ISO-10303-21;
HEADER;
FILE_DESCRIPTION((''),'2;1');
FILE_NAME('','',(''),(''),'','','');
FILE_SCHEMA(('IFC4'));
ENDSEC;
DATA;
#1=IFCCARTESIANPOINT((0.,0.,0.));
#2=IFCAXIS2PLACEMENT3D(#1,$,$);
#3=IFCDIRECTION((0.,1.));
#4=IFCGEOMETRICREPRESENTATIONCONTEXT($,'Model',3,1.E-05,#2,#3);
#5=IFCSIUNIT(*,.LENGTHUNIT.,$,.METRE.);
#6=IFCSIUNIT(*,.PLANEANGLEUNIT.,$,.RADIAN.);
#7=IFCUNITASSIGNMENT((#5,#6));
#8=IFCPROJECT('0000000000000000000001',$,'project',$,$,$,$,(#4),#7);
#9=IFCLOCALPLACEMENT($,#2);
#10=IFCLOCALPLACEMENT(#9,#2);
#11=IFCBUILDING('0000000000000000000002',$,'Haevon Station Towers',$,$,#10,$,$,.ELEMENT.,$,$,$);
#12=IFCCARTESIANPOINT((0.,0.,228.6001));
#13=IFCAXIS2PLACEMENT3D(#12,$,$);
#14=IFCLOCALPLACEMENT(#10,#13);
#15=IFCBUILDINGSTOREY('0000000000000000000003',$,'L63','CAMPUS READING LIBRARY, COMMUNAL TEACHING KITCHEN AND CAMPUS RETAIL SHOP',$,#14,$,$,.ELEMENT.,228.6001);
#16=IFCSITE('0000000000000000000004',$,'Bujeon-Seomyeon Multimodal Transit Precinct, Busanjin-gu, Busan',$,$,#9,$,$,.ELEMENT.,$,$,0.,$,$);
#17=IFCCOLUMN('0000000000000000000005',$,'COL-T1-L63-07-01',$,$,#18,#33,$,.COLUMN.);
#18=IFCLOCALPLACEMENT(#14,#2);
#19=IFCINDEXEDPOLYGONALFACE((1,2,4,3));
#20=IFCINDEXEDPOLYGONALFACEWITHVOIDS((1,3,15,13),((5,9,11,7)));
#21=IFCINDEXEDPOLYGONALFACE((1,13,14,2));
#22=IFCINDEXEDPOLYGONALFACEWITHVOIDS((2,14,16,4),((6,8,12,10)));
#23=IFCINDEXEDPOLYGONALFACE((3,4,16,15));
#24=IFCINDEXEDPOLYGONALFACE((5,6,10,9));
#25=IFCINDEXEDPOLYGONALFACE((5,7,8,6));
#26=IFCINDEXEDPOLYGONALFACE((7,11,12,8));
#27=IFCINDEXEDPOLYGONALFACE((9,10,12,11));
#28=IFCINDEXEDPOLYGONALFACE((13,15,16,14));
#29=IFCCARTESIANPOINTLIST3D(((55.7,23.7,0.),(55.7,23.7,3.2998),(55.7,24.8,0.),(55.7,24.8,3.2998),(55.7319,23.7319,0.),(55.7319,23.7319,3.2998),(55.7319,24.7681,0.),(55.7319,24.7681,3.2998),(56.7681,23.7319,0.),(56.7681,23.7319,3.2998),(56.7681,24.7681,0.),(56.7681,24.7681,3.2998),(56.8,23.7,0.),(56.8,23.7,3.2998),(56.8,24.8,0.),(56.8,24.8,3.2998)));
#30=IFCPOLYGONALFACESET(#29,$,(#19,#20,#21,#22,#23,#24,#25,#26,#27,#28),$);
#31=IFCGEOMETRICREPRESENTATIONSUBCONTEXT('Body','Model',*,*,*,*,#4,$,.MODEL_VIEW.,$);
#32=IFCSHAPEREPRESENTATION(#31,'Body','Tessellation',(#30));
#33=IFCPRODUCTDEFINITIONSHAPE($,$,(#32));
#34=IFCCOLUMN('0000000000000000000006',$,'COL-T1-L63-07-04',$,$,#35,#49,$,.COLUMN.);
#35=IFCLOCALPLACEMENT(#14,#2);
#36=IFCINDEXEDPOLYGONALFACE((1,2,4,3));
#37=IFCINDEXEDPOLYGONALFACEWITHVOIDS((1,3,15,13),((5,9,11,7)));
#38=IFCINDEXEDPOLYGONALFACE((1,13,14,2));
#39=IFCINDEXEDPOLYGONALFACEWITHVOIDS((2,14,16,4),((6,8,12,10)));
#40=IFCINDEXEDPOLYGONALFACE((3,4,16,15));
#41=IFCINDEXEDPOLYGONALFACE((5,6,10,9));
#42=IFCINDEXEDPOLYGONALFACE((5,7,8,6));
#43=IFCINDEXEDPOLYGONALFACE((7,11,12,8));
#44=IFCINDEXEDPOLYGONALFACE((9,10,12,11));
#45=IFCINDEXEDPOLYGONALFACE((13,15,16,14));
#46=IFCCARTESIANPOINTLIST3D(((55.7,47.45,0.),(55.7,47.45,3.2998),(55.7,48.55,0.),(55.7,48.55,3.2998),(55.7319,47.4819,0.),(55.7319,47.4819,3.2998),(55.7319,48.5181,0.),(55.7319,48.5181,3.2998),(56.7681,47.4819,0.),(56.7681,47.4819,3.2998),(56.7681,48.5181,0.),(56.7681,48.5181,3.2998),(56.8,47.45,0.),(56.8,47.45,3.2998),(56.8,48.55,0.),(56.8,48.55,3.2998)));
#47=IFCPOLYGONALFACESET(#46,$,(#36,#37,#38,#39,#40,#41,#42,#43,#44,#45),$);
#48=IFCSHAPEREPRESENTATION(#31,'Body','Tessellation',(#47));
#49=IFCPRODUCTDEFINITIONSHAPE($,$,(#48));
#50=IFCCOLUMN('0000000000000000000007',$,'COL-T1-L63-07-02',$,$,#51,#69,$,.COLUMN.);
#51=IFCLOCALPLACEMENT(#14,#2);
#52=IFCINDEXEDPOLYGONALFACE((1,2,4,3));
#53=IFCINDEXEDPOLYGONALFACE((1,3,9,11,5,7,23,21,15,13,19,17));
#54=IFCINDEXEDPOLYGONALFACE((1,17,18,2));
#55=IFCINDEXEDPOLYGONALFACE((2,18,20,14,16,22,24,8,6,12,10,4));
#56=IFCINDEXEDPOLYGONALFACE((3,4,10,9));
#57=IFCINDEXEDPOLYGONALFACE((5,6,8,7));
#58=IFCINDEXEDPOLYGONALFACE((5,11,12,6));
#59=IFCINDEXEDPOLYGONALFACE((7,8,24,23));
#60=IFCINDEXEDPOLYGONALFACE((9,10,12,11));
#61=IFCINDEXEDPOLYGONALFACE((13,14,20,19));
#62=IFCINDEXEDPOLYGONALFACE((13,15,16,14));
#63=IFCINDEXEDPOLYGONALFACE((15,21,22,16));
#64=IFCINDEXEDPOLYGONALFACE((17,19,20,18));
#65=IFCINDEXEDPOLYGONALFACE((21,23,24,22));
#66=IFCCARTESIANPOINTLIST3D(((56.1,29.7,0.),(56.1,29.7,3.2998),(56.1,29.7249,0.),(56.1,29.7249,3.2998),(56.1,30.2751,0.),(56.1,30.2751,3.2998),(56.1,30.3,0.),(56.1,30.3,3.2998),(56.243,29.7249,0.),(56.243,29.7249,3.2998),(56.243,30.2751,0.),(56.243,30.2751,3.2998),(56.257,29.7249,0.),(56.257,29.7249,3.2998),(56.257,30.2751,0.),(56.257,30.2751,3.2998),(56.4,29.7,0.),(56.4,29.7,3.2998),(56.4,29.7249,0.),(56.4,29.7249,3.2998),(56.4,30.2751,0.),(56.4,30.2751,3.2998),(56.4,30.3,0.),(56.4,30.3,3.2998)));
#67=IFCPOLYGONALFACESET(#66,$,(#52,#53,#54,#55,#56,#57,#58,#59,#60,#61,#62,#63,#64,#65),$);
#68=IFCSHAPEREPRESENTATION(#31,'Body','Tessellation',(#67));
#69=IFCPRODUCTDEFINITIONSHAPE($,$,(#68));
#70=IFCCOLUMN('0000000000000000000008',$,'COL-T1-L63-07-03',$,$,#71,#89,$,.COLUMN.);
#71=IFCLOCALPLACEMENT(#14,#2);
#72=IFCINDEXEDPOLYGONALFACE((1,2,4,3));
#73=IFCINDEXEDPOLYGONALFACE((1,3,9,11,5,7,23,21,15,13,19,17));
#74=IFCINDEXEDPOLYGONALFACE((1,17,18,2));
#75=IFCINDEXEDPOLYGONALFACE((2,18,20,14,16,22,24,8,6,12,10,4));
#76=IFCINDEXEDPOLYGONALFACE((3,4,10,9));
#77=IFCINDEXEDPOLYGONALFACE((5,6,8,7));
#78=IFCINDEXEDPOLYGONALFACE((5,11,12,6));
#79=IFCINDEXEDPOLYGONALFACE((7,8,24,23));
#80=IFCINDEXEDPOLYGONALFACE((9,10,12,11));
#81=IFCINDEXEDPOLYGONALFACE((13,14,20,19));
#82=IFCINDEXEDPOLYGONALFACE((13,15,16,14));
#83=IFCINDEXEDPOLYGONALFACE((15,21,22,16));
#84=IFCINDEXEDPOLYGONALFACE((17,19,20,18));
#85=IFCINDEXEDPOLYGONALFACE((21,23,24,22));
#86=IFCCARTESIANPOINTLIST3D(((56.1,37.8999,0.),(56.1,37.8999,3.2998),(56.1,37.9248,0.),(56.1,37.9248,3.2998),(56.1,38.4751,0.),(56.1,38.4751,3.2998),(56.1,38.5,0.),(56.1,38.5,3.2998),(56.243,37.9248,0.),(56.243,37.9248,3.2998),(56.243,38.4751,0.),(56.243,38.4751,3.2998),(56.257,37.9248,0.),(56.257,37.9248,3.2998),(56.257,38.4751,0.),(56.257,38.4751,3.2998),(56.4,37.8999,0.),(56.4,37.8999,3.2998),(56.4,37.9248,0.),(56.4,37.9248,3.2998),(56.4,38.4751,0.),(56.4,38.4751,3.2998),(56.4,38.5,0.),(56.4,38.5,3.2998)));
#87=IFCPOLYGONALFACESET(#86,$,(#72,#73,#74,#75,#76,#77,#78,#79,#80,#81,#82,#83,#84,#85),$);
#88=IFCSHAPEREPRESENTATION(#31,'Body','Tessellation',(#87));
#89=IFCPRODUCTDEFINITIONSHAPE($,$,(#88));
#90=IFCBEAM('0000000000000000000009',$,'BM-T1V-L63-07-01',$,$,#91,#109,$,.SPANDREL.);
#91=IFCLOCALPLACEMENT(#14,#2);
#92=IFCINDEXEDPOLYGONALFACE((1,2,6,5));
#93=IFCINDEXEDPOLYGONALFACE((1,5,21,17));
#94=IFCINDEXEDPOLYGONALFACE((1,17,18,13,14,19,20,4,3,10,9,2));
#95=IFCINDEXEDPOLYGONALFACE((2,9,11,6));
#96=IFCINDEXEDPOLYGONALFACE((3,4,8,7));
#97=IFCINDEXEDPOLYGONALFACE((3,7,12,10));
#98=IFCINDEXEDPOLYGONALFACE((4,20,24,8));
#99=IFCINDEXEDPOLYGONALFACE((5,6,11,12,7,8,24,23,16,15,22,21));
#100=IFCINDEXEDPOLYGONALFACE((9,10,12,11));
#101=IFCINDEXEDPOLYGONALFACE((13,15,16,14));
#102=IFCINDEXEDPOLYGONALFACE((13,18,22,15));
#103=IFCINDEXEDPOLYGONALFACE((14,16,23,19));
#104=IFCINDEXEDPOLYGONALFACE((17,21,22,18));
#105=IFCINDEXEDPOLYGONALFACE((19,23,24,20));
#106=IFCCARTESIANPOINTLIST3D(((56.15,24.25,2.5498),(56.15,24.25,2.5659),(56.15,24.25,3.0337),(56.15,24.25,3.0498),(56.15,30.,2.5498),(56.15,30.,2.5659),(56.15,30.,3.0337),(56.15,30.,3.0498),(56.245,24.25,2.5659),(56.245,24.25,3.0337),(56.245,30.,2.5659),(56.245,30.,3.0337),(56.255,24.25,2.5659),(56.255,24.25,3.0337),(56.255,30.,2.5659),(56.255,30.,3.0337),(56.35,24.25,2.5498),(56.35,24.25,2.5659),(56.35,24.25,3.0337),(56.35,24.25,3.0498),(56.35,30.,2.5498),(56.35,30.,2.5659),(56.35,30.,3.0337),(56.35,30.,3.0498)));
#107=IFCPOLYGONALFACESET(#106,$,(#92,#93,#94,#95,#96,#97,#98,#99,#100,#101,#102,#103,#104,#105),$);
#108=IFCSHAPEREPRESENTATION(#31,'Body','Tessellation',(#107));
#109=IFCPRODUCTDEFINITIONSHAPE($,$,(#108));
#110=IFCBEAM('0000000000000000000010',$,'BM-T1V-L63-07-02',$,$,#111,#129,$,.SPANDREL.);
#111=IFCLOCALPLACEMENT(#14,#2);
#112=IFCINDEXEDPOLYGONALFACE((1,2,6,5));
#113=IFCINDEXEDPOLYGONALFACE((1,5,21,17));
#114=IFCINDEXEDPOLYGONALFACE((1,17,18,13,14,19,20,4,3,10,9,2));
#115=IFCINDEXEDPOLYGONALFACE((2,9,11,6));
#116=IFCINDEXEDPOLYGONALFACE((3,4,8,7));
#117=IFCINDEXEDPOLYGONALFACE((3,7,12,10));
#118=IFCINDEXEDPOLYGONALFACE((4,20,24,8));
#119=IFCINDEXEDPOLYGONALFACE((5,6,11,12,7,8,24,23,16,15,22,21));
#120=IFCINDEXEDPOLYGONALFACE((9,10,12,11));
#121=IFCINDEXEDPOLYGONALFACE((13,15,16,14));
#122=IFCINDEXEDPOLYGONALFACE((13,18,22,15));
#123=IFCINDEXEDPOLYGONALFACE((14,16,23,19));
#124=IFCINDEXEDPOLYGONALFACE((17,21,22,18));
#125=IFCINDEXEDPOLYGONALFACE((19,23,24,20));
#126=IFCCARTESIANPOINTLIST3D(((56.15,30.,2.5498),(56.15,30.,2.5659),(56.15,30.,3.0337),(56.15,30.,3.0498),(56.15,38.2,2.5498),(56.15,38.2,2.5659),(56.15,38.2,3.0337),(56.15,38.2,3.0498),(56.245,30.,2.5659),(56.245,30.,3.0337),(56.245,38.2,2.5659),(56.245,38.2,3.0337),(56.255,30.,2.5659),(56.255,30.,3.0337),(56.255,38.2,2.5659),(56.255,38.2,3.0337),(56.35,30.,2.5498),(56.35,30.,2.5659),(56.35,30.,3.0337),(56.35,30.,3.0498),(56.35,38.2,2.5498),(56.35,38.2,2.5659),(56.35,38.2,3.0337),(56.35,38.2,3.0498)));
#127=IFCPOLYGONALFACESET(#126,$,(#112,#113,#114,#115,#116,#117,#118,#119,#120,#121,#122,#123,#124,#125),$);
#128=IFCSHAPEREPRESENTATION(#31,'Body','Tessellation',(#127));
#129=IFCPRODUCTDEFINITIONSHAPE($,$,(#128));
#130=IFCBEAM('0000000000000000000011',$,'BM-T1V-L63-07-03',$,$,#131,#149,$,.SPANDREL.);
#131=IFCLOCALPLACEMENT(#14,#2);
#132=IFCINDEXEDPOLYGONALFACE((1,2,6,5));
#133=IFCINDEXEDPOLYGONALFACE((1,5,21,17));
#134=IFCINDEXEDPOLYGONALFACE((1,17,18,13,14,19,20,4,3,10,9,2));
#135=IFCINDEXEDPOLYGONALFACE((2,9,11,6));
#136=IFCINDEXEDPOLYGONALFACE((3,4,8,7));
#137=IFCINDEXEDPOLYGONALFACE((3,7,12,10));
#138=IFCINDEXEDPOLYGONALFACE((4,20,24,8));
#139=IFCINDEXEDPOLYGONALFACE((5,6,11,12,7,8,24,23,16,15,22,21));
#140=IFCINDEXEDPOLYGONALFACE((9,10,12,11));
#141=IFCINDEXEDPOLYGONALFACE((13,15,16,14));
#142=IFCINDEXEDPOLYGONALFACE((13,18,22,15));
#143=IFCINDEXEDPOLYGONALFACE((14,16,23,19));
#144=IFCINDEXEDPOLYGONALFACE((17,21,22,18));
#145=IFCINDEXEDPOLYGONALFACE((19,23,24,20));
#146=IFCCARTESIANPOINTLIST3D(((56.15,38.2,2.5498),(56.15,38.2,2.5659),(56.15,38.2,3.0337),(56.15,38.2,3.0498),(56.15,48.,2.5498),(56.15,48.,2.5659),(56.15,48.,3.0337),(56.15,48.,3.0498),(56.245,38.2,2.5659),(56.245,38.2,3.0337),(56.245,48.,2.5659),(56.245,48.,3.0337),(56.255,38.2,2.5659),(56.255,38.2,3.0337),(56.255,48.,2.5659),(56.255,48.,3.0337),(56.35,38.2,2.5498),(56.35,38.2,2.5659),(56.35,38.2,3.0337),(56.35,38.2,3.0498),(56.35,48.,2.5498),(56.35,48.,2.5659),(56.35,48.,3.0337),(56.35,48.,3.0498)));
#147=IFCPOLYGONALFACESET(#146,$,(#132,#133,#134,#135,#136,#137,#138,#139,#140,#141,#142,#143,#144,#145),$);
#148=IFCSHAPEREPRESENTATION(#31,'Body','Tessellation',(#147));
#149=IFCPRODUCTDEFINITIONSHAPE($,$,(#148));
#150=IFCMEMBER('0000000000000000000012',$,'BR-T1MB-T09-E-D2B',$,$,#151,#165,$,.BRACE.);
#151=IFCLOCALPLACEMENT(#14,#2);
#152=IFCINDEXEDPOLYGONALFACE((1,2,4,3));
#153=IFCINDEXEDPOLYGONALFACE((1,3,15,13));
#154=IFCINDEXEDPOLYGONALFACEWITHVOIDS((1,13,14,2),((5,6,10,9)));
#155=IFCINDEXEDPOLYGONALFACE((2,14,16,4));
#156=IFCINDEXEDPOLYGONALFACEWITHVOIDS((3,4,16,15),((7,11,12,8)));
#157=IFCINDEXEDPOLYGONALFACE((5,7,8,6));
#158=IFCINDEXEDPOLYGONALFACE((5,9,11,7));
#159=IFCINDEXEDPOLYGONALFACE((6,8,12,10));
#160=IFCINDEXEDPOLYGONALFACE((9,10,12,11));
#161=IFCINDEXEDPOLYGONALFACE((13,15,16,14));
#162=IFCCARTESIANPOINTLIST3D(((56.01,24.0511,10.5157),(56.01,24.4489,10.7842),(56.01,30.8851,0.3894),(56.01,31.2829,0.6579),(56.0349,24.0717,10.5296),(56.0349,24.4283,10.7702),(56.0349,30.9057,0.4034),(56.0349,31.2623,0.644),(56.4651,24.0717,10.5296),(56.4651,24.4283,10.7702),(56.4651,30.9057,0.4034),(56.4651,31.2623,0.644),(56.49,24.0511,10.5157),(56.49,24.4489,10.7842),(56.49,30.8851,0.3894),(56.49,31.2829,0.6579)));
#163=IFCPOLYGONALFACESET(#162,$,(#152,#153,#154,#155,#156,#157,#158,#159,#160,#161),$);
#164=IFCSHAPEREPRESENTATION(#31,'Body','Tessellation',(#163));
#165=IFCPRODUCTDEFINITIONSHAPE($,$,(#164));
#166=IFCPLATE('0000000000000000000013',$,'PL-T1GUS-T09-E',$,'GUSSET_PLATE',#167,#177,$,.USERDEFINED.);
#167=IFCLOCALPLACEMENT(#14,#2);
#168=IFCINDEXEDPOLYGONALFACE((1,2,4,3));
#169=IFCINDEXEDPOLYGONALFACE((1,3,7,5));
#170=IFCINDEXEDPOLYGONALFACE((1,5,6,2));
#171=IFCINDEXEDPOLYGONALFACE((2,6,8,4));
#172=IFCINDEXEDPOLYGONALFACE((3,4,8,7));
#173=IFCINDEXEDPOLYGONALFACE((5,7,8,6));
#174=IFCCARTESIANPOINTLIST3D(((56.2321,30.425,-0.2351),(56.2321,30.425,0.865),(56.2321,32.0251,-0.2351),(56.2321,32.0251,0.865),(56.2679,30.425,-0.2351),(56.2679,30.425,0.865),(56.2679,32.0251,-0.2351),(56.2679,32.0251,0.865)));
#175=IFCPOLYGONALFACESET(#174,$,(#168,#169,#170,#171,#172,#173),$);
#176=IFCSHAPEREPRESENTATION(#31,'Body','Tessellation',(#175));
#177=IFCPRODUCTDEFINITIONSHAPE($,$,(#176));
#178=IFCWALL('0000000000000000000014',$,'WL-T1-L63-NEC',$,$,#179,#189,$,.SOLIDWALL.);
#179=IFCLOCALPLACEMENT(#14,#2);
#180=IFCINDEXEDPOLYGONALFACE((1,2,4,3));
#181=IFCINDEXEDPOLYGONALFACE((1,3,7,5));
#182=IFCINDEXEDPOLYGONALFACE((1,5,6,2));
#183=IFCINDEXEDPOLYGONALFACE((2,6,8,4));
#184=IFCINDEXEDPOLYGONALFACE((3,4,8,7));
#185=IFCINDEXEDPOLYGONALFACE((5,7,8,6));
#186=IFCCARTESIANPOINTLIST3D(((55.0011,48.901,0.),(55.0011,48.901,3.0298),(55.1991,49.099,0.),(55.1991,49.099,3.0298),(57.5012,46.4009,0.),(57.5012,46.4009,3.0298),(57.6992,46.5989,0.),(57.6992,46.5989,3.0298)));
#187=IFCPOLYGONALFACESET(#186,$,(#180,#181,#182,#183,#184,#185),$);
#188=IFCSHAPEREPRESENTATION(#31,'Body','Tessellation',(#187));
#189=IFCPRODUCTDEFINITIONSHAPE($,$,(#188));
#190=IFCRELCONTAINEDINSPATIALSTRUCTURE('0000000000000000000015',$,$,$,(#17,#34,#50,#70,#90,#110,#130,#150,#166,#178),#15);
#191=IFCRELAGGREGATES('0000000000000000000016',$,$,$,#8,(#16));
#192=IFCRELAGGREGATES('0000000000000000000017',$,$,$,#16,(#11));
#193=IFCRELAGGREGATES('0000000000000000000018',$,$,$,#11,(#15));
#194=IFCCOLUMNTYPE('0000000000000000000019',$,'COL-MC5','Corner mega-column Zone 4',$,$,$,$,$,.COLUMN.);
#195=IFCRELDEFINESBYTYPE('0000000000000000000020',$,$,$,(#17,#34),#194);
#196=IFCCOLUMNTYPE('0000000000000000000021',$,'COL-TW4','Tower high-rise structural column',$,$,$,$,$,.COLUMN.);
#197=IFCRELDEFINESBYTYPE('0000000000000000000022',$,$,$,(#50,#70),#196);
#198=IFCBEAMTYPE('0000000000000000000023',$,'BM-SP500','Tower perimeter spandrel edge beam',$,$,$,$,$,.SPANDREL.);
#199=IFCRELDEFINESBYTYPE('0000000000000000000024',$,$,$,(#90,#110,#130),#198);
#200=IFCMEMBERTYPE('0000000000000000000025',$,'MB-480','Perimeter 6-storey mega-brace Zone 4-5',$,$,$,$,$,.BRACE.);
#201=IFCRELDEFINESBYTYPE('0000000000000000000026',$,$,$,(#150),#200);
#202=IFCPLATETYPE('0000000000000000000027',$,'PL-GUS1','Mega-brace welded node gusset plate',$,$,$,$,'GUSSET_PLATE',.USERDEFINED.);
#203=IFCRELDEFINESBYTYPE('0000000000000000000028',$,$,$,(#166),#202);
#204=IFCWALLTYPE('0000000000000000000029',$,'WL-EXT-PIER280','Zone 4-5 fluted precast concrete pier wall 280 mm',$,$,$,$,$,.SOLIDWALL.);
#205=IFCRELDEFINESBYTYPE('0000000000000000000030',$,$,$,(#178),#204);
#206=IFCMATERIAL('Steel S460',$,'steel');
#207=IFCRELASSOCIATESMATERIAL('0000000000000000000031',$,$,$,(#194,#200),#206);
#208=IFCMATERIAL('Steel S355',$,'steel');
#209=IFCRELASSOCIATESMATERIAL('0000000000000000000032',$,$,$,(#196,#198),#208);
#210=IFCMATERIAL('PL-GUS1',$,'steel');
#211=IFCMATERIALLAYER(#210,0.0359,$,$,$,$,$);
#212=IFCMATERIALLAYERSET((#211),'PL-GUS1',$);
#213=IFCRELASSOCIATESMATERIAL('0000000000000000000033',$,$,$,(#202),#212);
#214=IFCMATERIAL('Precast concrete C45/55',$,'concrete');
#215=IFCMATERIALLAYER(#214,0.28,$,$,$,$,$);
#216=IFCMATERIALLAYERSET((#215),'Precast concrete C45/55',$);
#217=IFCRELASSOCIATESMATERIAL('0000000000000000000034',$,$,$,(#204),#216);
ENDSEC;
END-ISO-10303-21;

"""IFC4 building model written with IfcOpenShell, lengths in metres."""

from ifc_helpers import new_model, si_unit, direction, frame, frame_2d, origin, origin_2d, place, context, subcontext, project, spatial, rectangle, hollow_rectangle, i_section, extrude, material, layer, layer_set, material_profile, profile_set, type_object, element, save


model = new_model("IFC4")

# Units and contexts
model_context = context("Model", 3, precision=1e-05, world=origin(), true_north=direction((0.0, 1.0)))
body_context = subcontext(model_context, "Body", "Model", "MODEL_VIEW")
ifc_project = project(units=[si_unit("LENGTHUNIT", "METRE"), si_unit("PLANEANGLEUNIT", "RADIAN")], contexts=[model_context])

# Site, building, storey
site_placement = place(None, origin())
site = spatial("IfcSite", under=ifc_project, at=site_placement, Name="Bujeon-Seomyeon Multimodal Transit Precinct, Busanjin-gu, Busan", CompositionType="ELEMENT", RefElevation=0.0)
building_placement = place(site_placement, origin())
building = spatial("IfcBuilding", under=site, at=building_placement, Name="Haevon Station Towers", CompositionType="ELEMENT")
storey_placement = place(building_placement, frame((0.0, 0.0, 228.6001)))
storey = spatial("IfcBuildingStorey", under=building, at=storey_placement, Name="L63", Description="CAMPUS READING LIBRARY, COMMUNAL TEACHING KITCHEN AND CAMPUS RETAIL SHOP", CompositionType="ELEMENT", Elevation=228.6001)

# Columns
ifc_material_1 = material(Name="Steel S460", Category="steel")
ifc_material_profile_1 = material_profile(ifc_material_1, hollow_rectangle(XDim=1.1001, YDim=1.1001, WallThickness=0.032, at=origin_2d()), Name="BOX-1100x1100x32")
ifc_profile_set_1 = profile_set([ifc_material_profile_1], Name="Steel S460")
column_type_1 = type_object("IfcColumnType", Name="COL-MC5", Description="Corner mega-column Zone 4", PredefinedType="COLUMN", material=ifc_profile_set_1)
for number, where, z_axis, x_axis, name in (
    (1, (56.25, 24.25, 0.0), (0.0, 0.0, 1.0), (1.0, 0.0, 0.0), "COL-T1-L63-07-01"),
    (2, (56.25, 48.0, 0.0), (0.0, 0.0, 1.0), (1.0, 0.0, 0.0), "COL-T1-L63-07-04"),
):
    element("IfcColumn", number, at=place(storey_placement, frame(where, z_axis=z_axis, x_axis=x_axis)), inside=storey, type_object=column_type_1, Name=name, PredefinedType="COLUMN", context=body_context, shape_type="SweptSolid", body=[
        extrude(hollow_rectangle(XDim=1.1001, YDim=1.1001, WallThickness=0.032, at=origin_2d()), origin(), (0.0, 0.0, 1.0), 3.2998),
    ])
ifc_material_2 = material(Name="Steel S355", Category="steel")
ifc_material_profile_2 = material_profile(ifc_material_2, i_section(OverallWidth=0.3, OverallDepth=0.6001, WebThickness=0.0139, FlangeThickness=0.0249, at=origin_2d()), Name="H-600x300x14x25")
ifc_profile_set_2 = profile_set([ifc_material_profile_2], Name="Steel S355")
column_type_2 = type_object("IfcColumnType", Name="COL-TW4", Description="Tower high-rise structural column", PredefinedType="COLUMN", material=ifc_profile_set_2)
for number, where, z_axis, x_axis, name in (
    (3, (56.25, 30.0, 0.0), (0.0, 0.0, 1.0), (1.0, 0.0, 0.0), "COL-T1-L63-07-02"),
    (4, (56.25, 38.2, 0.0), (0.0, 0.0, 1.0), (1.0, 0.0, 0.0), "COL-T1-L63-07-03"),
):
    element("IfcColumn", number, at=place(storey_placement, frame(where, z_axis=z_axis, x_axis=x_axis)), inside=storey, type_object=column_type_2, Name=name, PredefinedType="COLUMN", context=body_context, shape_type="SweptSolid", body=[
        extrude(i_section(OverallWidth=0.3, OverallDepth=0.6001, WebThickness=0.0139, FlangeThickness=0.0249, at=origin_2d()), origin(), (0.0, 0.0, 1.0), 3.2998),
    ])

# Beams
ifc_material_profile_3 = material_profile(ifc_material_2, i_section(OverallWidth=0.2, OverallDepth=0.5, WebThickness=0.01, FlangeThickness=0.0161, at=origin_2d()), Name="H-500x200x10x16")
ifc_profile_set_3 = profile_set([ifc_material_profile_3], Name="Steel S355")
beam_type = type_object("IfcBeamType", Name="BM-SP500", Description="Tower perimeter spandrel edge beam", PredefinedType="SPANDREL", material=ifc_profile_set_3)
beam_1_placement = place(storey_placement, frame((56.25, 24.25, 2.7998), z_axis=(0.0, 1.0, 0.0), x_axis=(-1.0, 0.0, 0.0)))
element("IfcBeam", 5, at=beam_1_placement, inside=storey, type_object=beam_type, Name="BM-T1V-L63-07-01", PredefinedType="SPANDREL", context=body_context, shape_type="SweptSolid", body=[
    extrude(i_section(OverallWidth=0.2, OverallDepth=0.5, WebThickness=0.01, FlangeThickness=0.0161, at=origin_2d()), origin(), (0.0, 0.0, 1.0), 5.75),
])
beam_2_placement = place(storey_placement, frame((56.25, 30.0, 2.7998), z_axis=(0.0, 1.0, 0.0), x_axis=(-1.0, 0.0, 0.0)))
element("IfcBeam", 6, at=beam_2_placement, inside=storey, type_object=beam_type, Name="BM-T1V-L63-07-02", PredefinedType="SPANDREL", context=body_context, shape_type="SweptSolid", body=[
    extrude(i_section(OverallWidth=0.2, OverallDepth=0.5, WebThickness=0.01, FlangeThickness=0.0161, at=origin_2d()), origin(), (0.0, 0.0, 1.0), 8.2),
])
beam_3_placement = place(storey_placement, frame((56.25, 38.2, 2.7998), z_axis=(0.0, 1.0, 0.0), x_axis=(-1.0, 0.0, 0.0)))
element("IfcBeam", 7, at=beam_3_placement, inside=storey, type_object=beam_type, Name="BM-T1V-L63-07-03", PredefinedType="SPANDREL", context=body_context, shape_type="SweptSolid", body=[
    extrude(i_section(OverallWidth=0.2, OverallDepth=0.5, WebThickness=0.01, FlangeThickness=0.0161, at=origin_2d()), origin(), (0.0, 0.0, 1.0), 9.8),
])

# Member
ifc_material_profile_4 = material_profile(ifc_material_1, hollow_rectangle(XDim=0.48, YDim=0.48, WallThickness=0.0249, at=origin_2d()), Name="RHS-480x480x25")
ifc_profile_set_4 = profile_set([ifc_material_profile_4], Name="Steel S460")
member_type = type_object("IfcMemberType", Name="MB-480", Description="Perimeter 6-storey mega-brace Zone 4-5", PredefinedType="BRACE", material=ifc_profile_set_4)
member_placement = place(storey_placement, frame((56.25, 31.084, 0.5237), z_axis=(0.0, -0.559405, 0.828895), x_axis=(1.0, 0.0, 0.0)))
element("IfcMember", 8, at=member_placement, inside=storey, type_object=member_type, Name="BR-T1MB-T09-E-D2B", PredefinedType="BRACE", context=body_context, shape_type="SweptSolid", body=[
    extrude(hollow_rectangle(XDim=0.48, YDim=0.48, WallThickness=0.0249, at=origin_2d()), origin(), (0.0, 0.0, 1.0), 12.2166),
])

# Plate
ifc_material_3 = material(Name="PL-GUS1", Category="steel")
ifc_layer_1 = layer(ifc_material_3, 0.0359)
ifc_layer_set_1 = layer_set([ifc_layer_1], Name="PL-GUS1")
plate_type = type_object("IfcPlateType", Name="PL-GUS1", Description="Mega-brace welded node gusset plate", ElementType="GUSSET_PLATE", PredefinedType="USERDEFINED", material=ifc_layer_set_1)
plate_placement = place(storey_placement, frame((56.25, 31.2251, -0.2351), z_axis=(0.0, 0.0, 1.0), x_axis=(0.0, 1.0, 0.0)))
element("IfcPlate", 9, at=plate_placement, inside=storey, type_object=plate_type, Name="PL-T1GUS-T09-E", ObjectType="GUSSET_PLATE", PredefinedType="USERDEFINED", context=body_context, shape_type="SweptSolid", body=[
    extrude(rectangle(XDim=1.6001, YDim=0.0359, at=origin_2d()), origin(), (0.0, 0.0, 1.0), 1.1001),
])

# Wall
ifc_material_4 = material(Name="Precast concrete C45/55", Category="concrete")
ifc_layer_2 = layer(ifc_material_4, 0.28)
ifc_layer_set_2 = layer_set([ifc_layer_2], Name="Precast concrete C45/55")
wall_type = type_object("IfcWallType", Name="WL-EXT-PIER280", Description="Zone 4-5 fluted precast concrete pier wall 280 mm", PredefinedType="SOLIDWALL", material=ifc_layer_set_2)
wall_1_placement = place(storey_placement, frame((55.1001, 49.0, 0.0), z_axis=(0.0, 0.0, 1.0), x_axis=(0.707107, -0.707107, 0.0)))
element("IfcWall", 10, at=wall_1_placement, inside=storey, type_object=wall_type, Name="WL-T1-L63-NEC", PredefinedType="SOLIDWALL", context=body_context, shape_type="SweptSolid", body=[
    extrude(rectangle(XDim=3.5356, YDim=0.28, at=frame_2d((1.7678, 0.0))), origin(), (0.0, 0.0, 1.0), 3.0298),
])

save(model, "model.ifc")
